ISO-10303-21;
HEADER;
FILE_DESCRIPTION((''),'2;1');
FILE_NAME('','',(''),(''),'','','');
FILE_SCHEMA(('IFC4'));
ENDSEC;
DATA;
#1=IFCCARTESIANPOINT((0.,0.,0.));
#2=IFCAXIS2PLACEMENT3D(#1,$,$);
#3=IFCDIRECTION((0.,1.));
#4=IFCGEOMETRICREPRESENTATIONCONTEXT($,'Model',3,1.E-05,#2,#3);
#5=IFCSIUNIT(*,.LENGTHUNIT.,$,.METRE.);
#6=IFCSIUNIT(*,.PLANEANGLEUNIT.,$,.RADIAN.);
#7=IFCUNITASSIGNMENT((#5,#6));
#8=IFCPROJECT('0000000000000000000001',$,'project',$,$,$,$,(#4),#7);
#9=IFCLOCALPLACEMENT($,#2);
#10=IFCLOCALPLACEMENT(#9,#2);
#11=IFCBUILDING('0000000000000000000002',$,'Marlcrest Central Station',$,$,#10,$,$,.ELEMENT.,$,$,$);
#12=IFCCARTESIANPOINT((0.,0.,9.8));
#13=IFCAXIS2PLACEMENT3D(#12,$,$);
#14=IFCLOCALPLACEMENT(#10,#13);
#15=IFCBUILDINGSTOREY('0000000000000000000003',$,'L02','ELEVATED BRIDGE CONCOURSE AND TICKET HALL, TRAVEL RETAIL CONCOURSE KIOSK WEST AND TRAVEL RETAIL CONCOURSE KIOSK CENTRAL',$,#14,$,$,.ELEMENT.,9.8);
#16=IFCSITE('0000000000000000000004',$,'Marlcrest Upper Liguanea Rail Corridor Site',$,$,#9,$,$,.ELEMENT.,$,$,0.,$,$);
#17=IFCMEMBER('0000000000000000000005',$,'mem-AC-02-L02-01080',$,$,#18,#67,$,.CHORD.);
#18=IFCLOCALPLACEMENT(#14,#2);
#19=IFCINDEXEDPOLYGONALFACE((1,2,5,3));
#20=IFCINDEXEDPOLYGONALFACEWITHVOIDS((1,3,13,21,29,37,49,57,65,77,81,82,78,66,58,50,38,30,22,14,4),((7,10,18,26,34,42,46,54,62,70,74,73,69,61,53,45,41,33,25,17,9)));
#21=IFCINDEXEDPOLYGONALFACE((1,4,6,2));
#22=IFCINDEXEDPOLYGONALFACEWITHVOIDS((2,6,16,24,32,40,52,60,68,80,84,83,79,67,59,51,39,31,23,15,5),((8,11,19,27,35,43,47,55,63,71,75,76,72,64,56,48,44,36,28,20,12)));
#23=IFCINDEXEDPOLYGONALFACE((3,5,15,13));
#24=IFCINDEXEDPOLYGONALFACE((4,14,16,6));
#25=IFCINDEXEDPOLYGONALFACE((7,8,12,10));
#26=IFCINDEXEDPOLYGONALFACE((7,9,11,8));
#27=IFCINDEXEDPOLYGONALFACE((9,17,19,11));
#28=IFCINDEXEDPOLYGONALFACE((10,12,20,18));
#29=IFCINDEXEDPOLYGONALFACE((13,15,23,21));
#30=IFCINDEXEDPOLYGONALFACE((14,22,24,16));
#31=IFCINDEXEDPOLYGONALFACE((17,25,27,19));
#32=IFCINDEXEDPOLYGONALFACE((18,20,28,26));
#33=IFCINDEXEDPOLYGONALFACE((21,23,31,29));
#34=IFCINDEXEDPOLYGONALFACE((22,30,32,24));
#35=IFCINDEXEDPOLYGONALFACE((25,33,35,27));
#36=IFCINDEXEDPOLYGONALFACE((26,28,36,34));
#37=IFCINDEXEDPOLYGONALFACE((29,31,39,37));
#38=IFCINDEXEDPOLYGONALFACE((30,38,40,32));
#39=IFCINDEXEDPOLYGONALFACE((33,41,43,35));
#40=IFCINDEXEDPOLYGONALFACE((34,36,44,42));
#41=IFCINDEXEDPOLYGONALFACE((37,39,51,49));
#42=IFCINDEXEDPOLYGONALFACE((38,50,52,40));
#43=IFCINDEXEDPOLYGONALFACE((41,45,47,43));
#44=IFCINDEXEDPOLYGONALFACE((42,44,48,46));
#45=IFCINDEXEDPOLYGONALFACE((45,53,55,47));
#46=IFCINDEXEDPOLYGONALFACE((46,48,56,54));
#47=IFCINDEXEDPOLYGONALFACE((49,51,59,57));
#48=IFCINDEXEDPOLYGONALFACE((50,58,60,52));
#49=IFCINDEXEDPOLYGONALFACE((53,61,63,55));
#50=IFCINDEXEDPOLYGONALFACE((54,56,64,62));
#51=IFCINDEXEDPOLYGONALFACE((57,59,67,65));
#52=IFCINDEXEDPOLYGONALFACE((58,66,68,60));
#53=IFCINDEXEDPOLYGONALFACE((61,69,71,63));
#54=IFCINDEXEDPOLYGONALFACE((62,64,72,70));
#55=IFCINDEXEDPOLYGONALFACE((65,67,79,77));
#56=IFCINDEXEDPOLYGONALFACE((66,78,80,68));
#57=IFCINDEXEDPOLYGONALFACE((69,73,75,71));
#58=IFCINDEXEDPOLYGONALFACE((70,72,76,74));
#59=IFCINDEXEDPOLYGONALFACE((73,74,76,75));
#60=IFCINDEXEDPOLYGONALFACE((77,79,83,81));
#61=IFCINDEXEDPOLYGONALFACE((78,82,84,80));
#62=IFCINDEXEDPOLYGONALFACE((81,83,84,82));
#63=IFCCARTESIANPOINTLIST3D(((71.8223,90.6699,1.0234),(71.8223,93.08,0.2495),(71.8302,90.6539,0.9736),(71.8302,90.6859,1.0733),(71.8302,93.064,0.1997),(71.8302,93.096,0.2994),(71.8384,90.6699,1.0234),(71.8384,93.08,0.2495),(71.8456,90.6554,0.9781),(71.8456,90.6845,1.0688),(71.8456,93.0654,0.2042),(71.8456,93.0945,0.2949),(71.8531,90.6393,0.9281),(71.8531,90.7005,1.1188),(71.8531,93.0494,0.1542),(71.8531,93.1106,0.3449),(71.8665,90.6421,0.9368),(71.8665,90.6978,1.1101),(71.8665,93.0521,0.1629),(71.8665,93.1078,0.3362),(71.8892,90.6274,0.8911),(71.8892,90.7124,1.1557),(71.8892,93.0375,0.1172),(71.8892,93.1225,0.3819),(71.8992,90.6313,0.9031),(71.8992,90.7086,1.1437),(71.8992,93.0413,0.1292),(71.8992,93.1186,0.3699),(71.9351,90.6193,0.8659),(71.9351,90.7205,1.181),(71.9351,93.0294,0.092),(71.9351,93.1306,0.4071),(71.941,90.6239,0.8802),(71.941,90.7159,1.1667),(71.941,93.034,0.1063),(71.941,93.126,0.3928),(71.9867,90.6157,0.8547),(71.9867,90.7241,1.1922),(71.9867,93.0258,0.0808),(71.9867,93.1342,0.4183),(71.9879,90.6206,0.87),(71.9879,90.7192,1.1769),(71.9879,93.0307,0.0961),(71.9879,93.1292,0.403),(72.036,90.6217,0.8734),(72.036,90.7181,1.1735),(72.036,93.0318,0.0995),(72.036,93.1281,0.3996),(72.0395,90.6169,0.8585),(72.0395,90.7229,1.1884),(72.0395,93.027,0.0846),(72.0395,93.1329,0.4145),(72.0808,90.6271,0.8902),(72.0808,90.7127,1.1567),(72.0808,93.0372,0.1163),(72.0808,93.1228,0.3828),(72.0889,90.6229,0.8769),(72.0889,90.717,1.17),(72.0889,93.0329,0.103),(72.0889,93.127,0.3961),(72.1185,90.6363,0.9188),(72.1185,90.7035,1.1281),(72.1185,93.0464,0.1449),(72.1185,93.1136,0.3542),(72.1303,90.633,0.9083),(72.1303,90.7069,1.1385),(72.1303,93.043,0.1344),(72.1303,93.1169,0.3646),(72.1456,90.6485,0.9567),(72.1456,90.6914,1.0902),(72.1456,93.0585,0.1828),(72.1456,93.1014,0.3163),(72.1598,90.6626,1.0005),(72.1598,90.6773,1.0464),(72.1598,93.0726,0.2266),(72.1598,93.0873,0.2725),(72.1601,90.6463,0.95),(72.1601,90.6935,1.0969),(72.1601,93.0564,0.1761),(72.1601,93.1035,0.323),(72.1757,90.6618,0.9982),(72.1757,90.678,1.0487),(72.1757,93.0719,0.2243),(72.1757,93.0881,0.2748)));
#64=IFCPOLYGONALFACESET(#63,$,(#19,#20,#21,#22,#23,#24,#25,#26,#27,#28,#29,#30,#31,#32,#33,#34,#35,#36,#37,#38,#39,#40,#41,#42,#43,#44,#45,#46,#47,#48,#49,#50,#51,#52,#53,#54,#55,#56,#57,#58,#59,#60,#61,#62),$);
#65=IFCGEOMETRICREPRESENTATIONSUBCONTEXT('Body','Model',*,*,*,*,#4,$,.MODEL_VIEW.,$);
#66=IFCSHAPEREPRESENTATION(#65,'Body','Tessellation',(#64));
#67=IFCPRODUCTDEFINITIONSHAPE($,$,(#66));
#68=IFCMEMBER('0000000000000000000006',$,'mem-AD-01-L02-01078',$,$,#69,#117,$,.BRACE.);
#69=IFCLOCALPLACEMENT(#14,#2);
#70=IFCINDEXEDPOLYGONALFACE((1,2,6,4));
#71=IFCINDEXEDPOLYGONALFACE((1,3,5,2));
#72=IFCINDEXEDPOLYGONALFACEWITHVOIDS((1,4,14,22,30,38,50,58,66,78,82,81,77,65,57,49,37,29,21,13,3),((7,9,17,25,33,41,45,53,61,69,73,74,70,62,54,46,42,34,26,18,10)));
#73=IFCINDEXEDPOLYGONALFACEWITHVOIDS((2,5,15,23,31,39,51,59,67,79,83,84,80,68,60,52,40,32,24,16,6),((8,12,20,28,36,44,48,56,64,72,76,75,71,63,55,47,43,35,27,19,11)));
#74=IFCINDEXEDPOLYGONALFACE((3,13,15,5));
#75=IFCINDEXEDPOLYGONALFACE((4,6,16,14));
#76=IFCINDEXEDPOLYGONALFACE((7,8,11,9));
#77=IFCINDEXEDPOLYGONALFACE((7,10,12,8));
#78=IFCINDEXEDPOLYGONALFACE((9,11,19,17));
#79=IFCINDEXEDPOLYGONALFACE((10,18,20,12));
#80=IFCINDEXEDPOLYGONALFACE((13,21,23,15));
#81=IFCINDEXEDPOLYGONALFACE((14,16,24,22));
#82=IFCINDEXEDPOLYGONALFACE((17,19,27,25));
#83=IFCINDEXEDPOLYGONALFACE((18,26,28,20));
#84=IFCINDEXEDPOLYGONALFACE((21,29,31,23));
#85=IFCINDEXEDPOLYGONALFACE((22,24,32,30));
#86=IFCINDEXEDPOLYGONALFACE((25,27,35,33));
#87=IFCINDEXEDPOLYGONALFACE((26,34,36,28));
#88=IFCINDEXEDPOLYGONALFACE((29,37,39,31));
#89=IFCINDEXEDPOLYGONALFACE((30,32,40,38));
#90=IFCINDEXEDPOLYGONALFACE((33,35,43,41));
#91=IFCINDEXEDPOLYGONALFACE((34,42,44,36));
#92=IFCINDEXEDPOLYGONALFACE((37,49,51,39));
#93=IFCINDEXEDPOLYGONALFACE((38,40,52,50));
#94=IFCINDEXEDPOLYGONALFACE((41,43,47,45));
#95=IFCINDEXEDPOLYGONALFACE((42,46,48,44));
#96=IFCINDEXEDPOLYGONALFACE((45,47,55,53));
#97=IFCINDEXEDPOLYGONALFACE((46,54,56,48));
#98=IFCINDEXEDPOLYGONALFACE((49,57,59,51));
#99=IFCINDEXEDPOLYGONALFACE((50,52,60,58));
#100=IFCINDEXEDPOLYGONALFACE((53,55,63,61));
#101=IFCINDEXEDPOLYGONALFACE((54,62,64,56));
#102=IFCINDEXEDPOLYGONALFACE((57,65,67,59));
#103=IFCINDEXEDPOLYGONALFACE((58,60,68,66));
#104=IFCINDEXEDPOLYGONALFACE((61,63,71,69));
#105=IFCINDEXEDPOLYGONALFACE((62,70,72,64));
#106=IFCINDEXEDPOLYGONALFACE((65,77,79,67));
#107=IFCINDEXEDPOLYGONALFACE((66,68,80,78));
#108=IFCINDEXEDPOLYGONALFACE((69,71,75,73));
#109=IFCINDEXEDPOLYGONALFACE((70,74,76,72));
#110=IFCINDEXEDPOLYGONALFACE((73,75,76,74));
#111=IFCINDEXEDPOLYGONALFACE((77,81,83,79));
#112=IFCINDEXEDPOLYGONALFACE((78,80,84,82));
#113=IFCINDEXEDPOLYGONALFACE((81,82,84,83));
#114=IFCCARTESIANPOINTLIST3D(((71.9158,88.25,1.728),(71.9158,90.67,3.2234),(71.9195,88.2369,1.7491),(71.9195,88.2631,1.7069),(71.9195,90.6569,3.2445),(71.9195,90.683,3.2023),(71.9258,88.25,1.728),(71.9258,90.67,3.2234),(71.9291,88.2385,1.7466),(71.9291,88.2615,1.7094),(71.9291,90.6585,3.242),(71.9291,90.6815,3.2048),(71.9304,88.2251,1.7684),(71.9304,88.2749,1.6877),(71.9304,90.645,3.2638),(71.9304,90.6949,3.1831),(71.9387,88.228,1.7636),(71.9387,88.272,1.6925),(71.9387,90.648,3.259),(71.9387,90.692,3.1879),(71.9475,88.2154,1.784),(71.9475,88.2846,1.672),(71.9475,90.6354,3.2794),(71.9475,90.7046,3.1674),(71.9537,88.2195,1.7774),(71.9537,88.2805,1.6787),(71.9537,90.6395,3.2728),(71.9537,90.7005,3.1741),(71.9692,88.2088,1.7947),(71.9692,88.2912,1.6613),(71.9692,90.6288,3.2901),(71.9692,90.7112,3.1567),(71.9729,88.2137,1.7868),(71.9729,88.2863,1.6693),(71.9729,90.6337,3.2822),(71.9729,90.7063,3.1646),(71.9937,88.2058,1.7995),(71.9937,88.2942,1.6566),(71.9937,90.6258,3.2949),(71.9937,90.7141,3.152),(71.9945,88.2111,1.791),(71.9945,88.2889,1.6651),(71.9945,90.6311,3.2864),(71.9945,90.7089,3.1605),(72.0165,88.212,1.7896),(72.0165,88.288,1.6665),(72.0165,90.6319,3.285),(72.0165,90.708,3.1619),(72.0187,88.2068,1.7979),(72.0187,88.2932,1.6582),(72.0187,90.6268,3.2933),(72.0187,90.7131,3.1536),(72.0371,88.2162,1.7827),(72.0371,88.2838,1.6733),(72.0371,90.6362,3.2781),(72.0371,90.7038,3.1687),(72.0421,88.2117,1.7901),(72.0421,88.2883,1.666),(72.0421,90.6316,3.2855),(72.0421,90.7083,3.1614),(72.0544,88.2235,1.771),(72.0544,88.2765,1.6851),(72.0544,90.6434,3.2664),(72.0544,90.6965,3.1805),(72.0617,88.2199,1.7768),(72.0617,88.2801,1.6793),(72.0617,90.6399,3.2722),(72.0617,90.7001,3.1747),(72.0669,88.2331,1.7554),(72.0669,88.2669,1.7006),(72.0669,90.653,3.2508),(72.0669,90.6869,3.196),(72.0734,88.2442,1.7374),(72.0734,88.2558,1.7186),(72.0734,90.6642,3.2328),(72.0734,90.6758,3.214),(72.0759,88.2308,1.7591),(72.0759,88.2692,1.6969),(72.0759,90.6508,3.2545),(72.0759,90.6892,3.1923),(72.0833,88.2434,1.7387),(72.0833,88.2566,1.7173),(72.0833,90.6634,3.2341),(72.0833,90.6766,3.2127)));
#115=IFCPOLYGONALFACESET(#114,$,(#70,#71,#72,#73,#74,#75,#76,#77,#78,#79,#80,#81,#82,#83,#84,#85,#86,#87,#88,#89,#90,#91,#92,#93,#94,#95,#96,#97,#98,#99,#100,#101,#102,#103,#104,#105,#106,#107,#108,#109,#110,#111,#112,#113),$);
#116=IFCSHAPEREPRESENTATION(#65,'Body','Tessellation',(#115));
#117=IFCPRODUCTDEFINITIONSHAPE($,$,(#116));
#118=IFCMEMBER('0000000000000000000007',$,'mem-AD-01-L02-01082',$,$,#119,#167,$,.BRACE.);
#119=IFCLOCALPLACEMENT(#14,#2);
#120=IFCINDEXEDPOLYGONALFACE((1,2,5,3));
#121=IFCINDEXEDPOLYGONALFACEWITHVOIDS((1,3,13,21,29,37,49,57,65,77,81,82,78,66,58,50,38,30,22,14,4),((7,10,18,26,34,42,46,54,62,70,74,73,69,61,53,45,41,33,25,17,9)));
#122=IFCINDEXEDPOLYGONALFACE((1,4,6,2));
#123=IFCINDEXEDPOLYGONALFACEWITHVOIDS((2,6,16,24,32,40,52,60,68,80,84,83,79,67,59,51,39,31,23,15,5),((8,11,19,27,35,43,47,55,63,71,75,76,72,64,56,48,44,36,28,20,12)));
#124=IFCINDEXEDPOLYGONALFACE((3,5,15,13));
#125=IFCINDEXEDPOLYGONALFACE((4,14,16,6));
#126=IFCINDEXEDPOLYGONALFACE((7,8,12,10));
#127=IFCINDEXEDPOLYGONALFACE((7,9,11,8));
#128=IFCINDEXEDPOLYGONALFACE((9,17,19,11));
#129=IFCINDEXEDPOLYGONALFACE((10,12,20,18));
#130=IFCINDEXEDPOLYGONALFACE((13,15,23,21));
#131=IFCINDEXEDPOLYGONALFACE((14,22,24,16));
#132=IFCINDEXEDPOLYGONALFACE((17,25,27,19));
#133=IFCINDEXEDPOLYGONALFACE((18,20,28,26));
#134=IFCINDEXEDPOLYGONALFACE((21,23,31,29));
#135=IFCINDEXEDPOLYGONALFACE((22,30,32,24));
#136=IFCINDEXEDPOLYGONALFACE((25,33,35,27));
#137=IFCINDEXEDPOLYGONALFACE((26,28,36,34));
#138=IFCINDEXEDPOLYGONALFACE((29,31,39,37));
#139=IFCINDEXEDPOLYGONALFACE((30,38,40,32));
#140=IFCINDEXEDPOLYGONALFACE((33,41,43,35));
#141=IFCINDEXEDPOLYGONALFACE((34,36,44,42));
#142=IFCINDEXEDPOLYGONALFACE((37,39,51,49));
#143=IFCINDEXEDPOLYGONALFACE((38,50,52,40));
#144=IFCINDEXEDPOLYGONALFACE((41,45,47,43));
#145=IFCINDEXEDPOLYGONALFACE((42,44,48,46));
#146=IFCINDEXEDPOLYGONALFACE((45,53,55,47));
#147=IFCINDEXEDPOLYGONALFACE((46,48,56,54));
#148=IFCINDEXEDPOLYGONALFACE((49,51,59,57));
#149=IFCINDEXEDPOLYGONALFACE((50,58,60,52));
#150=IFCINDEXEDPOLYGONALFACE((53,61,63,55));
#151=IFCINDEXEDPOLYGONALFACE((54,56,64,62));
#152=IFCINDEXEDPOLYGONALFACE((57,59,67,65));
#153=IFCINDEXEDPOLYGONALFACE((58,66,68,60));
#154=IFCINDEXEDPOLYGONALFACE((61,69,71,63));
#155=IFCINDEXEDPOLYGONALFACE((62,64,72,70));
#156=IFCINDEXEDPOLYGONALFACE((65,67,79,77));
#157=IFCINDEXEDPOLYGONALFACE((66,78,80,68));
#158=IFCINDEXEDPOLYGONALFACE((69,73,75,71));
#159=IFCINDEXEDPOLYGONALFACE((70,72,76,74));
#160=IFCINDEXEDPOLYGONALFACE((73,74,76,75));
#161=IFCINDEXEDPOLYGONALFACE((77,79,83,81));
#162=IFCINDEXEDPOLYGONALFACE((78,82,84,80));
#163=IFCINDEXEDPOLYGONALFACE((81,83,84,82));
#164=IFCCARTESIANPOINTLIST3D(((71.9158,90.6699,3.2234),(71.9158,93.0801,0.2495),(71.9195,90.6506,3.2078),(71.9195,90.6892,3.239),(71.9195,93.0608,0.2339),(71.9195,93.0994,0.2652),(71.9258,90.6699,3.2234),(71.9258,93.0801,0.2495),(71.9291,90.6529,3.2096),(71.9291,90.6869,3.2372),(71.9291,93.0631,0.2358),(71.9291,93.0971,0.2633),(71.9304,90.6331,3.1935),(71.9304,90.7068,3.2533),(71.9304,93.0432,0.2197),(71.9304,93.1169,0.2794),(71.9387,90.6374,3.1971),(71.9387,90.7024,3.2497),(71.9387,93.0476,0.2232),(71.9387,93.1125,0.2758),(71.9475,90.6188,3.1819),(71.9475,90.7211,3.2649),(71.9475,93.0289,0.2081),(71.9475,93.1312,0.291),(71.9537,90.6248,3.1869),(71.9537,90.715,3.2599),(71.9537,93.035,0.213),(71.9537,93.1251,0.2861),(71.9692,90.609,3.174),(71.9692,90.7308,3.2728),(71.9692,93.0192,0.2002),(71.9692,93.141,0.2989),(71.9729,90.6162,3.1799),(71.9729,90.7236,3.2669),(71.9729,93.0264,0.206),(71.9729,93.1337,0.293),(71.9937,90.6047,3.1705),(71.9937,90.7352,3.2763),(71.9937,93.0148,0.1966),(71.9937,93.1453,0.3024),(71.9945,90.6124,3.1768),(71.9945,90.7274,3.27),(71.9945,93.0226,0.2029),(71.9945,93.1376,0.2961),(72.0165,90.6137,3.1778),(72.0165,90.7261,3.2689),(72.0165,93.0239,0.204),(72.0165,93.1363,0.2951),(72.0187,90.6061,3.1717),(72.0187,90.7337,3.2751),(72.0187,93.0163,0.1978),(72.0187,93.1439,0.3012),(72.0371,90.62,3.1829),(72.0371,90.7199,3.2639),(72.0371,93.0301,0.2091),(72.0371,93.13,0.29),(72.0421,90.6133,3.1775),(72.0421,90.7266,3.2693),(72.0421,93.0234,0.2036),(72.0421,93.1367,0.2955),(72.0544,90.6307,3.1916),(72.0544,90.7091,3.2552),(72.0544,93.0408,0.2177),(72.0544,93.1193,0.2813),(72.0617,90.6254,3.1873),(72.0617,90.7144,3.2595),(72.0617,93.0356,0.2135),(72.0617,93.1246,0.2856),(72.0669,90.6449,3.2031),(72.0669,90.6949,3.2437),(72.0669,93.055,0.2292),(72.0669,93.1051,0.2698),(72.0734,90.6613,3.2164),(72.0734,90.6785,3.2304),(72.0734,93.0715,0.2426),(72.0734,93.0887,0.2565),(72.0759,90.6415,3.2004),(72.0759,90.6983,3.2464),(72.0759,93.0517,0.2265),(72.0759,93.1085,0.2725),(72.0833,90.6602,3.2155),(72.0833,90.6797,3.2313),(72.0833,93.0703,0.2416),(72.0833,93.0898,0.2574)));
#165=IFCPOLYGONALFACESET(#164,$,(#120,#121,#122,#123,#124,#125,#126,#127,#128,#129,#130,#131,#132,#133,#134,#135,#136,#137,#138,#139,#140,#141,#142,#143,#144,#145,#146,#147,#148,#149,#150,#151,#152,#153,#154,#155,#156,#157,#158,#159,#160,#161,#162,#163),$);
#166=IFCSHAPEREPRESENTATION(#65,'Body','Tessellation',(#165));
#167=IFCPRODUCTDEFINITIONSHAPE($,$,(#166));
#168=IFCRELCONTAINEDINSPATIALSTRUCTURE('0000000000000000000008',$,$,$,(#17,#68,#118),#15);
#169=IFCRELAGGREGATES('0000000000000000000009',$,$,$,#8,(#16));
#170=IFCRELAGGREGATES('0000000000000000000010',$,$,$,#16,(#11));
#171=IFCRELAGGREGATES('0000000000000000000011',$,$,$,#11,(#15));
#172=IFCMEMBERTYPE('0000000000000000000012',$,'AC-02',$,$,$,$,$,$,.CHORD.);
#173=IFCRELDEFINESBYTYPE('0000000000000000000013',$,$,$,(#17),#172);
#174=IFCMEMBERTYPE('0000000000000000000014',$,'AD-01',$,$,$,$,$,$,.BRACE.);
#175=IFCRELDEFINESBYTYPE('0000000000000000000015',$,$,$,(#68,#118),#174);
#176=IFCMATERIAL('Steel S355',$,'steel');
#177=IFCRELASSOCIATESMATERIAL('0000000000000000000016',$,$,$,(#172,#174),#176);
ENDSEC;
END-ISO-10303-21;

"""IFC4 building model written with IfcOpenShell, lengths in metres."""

from ifc_helpers import new_model, si_unit, direction, frame, origin, origin_2d, place, context, subcontext, project, spatial, hollow_circle, extrude, material, material_profile, profile_set, type_object, element, save


model = new_model("IFC4")

# Units and contexts
model_context = context("Model", 3, precision=1e-05, world=origin(), true_north=direction((0.0, 1.0)))
body_context = subcontext(model_context, "Body", "Model", "MODEL_VIEW")
ifc_project = project(units=[si_unit("LENGTHUNIT", "METRE"), si_unit("PLANEANGLEUNIT", "RADIAN")], contexts=[model_context])

# Site, building, storey
site_placement = place(None, origin())
site = spatial("IfcSite", under=ifc_project, at=site_placement, Name="Marlcrest Upper Liguanea Rail Corridor Site", CompositionType="ELEMENT", RefElevation=0.0)
building_placement = place(site_placement, origin())
building = spatial("IfcBuilding", under=site, at=building_placement, Name="Marlcrest Central Station", CompositionType="ELEMENT")
storey_placement = place(building_placement, frame((0.0, 0.0, 9.8)))
storey = spatial("IfcBuildingStorey", under=building, at=storey_placement, Name="L02", Description="ELEVATED BRIDGE CONCOURSE AND TICKET HALL, TRAVEL RETAIL CONCOURSE KIOSK WEST AND TRAVEL RETAIL CONCOURSE KIOSK CENTRAL", CompositionType="ELEMENT", Elevation=9.8)

# Members
ifc_material = material(Name="Steel S355", Category="steel")
ifc_material_profile_1 = material_profile(ifc_material, hollow_circle(Radius=0.1777, WallThickness=0.0161, at=origin_2d()), Name="CHS 355.6x16")
ifc_profile_set_1 = profile_set([ifc_material_profile_1], Name="Steel S355")
member_type_1 = type_object("IfcMemberType", Name="AC-02", PredefinedType="CHORD", material=ifc_profile_set_1)
member_1_placement = place(storey_placement, frame((72.0, 90.6699, 1.0234), z_axis=(0.0, 0.952117, -0.305734), x_axis=(-1.0, 0.0, 0.0)))
element("IfcMember", 1, at=member_1_placement, inside=storey, type_object=member_type_1, Name="mem-AC-02-L02-01080", PredefinedType="CHORD", context=body_context, shape_type="SweptSolid", body=[
    extrude(hollow_circle(Radius=0.1777, WallThickness=0.0161, at=origin_2d()), origin(), (0.0, 0.0, 1.0), 2.5312),
])
ifc_material_profile_2 = material_profile(ifc_material, hollow_circle(Radius=0.0842, WallThickness=0.01, at=origin_2d()), Name="CHS 168.3x10")
ifc_profile_set_2 = profile_set([ifc_material_profile_2], Name="Steel S355")
member_type_2 = type_object("IfcMemberType", Name="AD-01", PredefinedType="BRACE", material=ifc_profile_set_2)
member_2_placement = place(storey_placement, frame((72.0, 88.25, 1.728), z_axis=(0.0, 0.850687, 0.525672), x_axis=(-1.0, 0.0, 0.0)))
element("IfcMember", 2, at=member_2_placement, inside=storey, type_object=member_type_2, Name="mem-AD-01-L02-01078", PredefinedType="BRACE", context=body_context, shape_type="SweptSolid", body=[
    extrude(hollow_circle(Radius=0.0842, WallThickness=0.01, at=origin_2d()), origin(), (0.0, 0.0, 1.0), 2.8447),
])
member_3_placement = place(storey_placement, frame((72.0, 90.6699, 3.2234), z_axis=(0.0, 0.629629, -0.776896), x_axis=(-1.0, 0.0, 0.0)))
element("IfcMember", 3, at=member_3_placement, inside=storey, type_object=member_type_2, Name="mem-AD-01-L02-01082", PredefinedType="BRACE", context=body_context, shape_type="SweptSolid", body=[
    extrude(hollow_circle(Radius=0.0842, WallThickness=0.01, at=origin_2d()), origin(), (0.0, 0.0, 1.0), 3.8279),
])

save(model, "model.ifc")
